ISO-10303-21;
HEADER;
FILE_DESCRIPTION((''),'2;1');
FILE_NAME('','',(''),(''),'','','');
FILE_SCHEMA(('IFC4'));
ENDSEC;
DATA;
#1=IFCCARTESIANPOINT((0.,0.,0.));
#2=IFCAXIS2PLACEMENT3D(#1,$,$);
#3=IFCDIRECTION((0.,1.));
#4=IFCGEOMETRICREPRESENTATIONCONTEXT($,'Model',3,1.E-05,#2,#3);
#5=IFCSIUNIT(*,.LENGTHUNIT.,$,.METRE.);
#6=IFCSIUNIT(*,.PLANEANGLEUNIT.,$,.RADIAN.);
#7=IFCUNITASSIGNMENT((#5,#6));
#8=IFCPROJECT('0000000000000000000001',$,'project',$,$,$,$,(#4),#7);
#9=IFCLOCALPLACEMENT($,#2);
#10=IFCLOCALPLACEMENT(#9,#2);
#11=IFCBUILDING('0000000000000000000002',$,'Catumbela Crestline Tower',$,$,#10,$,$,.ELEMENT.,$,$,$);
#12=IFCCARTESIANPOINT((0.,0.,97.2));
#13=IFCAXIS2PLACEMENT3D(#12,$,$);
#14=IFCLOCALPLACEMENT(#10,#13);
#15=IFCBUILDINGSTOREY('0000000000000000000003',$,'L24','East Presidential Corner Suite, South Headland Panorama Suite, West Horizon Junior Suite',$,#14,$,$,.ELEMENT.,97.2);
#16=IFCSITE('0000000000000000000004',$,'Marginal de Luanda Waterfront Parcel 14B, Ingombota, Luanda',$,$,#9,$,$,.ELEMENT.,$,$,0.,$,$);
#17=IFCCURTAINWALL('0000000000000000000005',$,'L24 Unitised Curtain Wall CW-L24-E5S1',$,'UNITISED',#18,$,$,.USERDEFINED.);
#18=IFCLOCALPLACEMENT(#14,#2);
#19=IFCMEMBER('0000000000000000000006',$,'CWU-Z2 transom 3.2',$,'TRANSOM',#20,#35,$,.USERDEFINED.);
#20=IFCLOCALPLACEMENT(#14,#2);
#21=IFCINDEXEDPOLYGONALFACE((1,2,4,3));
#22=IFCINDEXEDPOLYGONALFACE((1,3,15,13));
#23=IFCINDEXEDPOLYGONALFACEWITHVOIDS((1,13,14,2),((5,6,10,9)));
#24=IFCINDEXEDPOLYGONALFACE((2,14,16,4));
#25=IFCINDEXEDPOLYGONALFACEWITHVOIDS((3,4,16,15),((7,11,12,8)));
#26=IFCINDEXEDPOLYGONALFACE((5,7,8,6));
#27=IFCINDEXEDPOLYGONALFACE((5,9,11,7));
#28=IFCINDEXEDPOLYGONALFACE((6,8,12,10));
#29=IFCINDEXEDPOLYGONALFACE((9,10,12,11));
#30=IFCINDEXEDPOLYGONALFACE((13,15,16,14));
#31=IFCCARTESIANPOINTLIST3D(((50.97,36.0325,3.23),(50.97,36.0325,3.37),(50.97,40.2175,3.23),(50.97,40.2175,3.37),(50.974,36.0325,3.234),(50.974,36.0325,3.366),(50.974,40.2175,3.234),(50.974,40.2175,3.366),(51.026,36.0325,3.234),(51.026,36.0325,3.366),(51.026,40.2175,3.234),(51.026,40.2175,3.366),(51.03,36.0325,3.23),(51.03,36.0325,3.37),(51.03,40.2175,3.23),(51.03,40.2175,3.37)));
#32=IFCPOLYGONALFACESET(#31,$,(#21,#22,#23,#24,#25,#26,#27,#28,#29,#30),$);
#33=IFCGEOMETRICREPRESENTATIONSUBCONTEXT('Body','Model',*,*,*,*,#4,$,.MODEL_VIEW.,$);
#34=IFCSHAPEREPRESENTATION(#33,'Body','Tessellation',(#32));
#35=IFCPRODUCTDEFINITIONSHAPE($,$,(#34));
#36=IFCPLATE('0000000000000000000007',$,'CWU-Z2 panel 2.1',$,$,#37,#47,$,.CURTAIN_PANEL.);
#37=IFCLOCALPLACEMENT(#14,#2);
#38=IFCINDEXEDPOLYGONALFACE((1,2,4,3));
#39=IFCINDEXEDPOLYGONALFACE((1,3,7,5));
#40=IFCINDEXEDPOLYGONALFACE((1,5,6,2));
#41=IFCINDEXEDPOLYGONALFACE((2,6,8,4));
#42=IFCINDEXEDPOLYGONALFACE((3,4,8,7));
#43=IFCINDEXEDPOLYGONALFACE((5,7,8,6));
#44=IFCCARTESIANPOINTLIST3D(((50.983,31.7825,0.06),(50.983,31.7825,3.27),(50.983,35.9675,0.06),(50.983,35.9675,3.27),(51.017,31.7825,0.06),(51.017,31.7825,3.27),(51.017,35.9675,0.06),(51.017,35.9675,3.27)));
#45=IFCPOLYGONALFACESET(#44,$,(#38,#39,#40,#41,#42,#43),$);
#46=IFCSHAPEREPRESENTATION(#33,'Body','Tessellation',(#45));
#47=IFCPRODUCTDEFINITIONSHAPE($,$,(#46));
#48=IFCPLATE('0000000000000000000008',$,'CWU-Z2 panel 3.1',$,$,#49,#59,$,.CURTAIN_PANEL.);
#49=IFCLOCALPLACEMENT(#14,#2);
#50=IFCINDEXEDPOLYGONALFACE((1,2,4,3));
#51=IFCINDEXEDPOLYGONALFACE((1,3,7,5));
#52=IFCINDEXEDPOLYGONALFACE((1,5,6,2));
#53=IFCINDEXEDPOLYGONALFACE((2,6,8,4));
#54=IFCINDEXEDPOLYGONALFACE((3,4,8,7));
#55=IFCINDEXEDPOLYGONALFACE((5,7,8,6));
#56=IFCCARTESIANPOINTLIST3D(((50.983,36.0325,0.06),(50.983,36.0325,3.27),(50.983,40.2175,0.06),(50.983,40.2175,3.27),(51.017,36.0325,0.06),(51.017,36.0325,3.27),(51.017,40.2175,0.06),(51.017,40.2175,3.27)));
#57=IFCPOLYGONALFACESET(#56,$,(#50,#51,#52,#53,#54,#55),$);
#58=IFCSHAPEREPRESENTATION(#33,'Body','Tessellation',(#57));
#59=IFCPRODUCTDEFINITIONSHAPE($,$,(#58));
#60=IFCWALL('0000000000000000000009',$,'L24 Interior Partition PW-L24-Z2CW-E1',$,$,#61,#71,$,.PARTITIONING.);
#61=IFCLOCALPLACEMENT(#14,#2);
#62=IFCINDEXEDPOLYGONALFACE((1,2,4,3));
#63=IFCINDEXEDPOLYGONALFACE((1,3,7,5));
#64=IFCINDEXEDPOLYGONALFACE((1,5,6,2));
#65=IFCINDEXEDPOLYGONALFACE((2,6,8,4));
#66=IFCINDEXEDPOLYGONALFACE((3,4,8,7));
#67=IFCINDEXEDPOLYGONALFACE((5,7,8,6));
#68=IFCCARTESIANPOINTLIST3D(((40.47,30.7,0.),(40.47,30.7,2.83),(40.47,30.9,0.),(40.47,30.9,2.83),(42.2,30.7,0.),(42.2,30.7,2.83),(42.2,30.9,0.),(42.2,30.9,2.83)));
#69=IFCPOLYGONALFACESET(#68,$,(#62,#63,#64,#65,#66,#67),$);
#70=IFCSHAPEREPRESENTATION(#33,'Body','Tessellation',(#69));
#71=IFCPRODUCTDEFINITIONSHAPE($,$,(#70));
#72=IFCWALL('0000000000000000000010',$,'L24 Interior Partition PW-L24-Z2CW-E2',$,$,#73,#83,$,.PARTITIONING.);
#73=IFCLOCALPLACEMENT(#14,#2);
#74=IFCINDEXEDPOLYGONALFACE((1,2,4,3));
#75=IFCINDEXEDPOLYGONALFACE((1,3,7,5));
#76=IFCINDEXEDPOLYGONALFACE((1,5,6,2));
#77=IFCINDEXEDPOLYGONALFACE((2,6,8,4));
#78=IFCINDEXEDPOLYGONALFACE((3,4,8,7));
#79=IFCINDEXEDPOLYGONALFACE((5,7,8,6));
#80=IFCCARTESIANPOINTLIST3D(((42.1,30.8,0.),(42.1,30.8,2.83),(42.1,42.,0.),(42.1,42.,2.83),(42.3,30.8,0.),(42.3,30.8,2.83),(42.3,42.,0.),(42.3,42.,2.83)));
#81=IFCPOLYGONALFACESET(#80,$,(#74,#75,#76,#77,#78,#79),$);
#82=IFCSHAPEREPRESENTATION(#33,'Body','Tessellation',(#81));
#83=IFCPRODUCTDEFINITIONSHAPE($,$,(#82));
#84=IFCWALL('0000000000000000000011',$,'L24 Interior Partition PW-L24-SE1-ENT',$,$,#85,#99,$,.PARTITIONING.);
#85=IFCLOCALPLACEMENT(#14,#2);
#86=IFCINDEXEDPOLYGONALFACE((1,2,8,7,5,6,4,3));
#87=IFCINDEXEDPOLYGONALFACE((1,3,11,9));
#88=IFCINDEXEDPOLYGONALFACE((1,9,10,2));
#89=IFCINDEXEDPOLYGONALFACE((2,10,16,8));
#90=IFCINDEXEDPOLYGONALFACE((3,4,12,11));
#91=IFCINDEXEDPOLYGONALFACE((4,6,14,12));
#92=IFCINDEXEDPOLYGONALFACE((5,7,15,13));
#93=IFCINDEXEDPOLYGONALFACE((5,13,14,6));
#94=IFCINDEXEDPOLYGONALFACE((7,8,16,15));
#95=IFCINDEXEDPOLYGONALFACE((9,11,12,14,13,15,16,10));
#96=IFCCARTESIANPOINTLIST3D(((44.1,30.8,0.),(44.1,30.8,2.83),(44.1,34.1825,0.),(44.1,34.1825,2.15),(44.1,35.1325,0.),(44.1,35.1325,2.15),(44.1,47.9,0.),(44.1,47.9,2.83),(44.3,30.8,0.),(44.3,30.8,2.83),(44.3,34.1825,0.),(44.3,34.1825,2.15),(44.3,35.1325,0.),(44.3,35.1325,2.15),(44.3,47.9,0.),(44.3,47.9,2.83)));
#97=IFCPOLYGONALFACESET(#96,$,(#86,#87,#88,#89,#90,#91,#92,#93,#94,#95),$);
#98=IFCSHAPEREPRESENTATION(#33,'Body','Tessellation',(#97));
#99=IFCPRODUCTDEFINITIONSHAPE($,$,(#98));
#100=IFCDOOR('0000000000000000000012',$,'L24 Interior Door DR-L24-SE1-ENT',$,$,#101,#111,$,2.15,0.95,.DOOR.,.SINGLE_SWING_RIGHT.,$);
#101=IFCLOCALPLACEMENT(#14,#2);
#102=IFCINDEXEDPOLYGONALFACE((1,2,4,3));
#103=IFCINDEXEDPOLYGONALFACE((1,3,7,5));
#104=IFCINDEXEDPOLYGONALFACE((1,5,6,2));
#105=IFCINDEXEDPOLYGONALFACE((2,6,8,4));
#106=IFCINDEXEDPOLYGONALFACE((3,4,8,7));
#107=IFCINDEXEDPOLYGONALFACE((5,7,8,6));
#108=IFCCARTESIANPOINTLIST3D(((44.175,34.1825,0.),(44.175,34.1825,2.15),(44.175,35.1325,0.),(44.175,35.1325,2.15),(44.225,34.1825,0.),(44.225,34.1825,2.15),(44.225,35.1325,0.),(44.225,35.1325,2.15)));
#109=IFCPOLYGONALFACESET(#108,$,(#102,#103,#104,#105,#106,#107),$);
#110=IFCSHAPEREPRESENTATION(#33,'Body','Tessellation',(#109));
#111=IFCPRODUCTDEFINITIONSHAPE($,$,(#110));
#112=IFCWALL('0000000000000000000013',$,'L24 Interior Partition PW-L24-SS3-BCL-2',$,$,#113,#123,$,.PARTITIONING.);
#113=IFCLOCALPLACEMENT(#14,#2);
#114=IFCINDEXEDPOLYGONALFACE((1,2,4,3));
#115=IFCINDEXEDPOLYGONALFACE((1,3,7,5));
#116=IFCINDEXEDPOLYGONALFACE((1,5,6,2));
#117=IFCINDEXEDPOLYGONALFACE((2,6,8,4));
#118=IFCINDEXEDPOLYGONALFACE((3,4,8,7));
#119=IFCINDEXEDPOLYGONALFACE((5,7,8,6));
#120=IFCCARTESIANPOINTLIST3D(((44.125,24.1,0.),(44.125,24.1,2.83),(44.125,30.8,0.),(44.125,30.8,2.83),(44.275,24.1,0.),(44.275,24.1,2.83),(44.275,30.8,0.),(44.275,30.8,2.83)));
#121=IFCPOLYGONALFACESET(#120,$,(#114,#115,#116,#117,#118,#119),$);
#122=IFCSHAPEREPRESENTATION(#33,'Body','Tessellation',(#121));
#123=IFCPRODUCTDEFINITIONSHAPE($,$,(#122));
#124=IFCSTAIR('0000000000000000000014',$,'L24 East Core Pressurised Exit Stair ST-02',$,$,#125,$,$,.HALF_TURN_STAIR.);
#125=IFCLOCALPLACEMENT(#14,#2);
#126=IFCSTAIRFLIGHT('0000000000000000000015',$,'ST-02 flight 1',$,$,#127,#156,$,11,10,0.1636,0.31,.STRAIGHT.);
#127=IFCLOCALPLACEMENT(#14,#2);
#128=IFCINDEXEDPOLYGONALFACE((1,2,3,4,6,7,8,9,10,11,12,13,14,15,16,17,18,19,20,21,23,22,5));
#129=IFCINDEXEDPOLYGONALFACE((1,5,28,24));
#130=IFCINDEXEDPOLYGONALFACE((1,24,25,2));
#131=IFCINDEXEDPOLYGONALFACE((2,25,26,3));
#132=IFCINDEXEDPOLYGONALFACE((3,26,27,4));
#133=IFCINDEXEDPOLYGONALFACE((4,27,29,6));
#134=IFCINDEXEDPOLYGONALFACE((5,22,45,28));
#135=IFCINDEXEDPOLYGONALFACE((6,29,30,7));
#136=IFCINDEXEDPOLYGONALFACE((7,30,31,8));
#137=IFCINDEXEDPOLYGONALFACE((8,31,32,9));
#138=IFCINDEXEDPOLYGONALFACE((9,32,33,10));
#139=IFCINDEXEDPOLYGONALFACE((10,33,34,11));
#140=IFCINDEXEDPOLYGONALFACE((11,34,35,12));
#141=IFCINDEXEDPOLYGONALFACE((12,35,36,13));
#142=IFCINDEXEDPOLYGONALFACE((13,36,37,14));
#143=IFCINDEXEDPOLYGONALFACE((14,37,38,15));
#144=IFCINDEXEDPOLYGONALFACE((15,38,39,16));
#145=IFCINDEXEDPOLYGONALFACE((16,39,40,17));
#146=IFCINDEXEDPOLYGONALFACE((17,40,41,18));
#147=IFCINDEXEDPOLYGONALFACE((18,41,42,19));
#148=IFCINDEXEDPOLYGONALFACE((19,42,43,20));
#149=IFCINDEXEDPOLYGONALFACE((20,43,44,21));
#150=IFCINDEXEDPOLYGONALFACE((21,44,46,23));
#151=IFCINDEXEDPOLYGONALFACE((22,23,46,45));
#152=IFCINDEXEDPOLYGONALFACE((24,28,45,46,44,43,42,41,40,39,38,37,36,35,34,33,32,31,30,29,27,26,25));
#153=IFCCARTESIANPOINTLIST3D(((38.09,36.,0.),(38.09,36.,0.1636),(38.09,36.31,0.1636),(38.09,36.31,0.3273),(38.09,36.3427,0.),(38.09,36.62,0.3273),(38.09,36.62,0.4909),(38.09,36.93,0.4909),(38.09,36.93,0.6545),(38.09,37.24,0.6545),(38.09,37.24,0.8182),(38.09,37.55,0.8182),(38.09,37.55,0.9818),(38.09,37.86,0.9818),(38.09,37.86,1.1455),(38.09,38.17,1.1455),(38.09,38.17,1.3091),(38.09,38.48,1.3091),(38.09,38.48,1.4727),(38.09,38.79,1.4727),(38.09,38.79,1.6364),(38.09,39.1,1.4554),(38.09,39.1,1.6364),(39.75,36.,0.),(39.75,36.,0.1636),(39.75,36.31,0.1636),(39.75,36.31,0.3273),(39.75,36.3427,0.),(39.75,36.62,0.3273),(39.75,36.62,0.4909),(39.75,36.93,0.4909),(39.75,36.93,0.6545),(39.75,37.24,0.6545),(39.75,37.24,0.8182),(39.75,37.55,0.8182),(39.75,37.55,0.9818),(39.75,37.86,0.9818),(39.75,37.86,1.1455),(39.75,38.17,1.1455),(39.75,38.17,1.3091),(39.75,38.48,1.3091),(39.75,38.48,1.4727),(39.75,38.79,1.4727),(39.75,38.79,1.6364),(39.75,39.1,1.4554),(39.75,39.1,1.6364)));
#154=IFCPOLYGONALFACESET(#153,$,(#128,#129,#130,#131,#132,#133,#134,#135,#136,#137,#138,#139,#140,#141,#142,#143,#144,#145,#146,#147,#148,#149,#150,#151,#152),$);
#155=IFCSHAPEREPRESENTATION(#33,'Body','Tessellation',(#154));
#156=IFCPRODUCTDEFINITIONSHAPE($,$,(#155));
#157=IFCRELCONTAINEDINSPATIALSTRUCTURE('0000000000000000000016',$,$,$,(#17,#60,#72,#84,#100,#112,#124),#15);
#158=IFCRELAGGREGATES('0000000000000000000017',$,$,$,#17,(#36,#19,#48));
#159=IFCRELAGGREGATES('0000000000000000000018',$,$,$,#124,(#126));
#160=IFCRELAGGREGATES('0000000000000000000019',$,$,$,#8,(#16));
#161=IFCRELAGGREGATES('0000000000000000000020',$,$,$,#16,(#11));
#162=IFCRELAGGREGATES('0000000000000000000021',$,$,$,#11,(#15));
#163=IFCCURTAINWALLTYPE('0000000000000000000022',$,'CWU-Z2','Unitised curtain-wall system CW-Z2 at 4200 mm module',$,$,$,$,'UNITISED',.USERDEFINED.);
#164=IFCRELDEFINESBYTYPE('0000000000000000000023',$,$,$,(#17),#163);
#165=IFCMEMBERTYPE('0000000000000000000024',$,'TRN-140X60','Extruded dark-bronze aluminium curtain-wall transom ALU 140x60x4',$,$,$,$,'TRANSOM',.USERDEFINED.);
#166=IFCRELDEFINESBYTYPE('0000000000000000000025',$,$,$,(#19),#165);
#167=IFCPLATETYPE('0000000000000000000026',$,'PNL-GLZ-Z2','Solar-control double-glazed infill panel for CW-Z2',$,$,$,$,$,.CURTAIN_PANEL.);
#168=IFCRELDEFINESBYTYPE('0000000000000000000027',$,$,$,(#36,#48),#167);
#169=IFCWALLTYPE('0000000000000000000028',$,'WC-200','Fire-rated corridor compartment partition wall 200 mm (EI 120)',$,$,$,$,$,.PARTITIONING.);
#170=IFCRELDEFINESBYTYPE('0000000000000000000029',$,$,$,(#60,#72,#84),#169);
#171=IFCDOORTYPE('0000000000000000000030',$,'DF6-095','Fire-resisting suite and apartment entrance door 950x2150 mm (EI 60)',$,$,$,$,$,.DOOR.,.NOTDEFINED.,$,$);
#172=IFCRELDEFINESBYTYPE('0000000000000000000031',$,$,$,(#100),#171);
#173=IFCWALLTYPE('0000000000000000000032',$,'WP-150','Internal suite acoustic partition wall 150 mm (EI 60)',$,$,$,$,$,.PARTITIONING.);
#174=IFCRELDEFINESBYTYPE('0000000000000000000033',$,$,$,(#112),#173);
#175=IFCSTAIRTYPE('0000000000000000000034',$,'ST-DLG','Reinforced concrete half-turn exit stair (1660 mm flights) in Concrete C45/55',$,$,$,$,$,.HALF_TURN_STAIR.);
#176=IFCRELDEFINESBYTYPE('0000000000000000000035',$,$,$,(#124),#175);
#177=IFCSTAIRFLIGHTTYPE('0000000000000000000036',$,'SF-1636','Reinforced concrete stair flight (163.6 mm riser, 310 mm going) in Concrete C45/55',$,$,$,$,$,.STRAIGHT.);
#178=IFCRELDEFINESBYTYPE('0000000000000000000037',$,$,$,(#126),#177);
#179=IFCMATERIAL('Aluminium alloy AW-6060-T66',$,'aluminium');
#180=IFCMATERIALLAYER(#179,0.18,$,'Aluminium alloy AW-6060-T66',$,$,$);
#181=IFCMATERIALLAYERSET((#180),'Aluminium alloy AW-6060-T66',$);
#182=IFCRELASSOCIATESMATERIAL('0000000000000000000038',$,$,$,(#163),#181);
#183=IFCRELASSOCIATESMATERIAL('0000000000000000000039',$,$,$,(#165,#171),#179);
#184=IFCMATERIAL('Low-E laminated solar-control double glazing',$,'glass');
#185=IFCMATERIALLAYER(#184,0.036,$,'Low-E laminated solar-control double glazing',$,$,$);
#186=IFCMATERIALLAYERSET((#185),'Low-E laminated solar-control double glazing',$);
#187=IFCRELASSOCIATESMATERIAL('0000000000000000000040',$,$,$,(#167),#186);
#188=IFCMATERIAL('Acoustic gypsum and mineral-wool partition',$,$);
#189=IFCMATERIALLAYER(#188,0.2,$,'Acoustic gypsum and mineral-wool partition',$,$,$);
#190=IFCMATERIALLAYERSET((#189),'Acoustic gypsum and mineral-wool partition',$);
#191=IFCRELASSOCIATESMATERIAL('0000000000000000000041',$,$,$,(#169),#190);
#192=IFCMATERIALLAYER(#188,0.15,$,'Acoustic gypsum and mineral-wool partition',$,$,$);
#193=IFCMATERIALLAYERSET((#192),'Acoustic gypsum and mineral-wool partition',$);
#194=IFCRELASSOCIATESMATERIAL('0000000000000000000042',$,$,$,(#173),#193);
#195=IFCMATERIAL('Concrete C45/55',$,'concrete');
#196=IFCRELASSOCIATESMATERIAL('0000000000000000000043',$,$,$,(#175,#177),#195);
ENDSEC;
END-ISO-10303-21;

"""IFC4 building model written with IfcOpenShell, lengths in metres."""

from ifc_helpers import new_model, si_unit, direction, frame, frame_2d, origin, origin_2d, place, context, subcontext, project, spatial, polyline, rectangle, hollow_rectangle, outline, extrude, material, layer, layer_set, material_profile, profile_set, type_object, element, fill, aggregate, save


model = new_model("IFC4")

# Units and contexts
model_context = context("Model", 3, precision=1e-05, world=origin(), true_north=direction((0.0, 1.0)))
body_context = subcontext(model_context, "Body", "Model", "MODEL_VIEW")
ifc_project = project(units=[si_unit("LENGTHUNIT", "METRE"), si_unit("PLANEANGLEUNIT", "RADIAN")], contexts=[model_context])

# Site, building, storey
site_placement = place(None, origin())
site = spatial("IfcSite", under=ifc_project, at=site_placement, Name="Marginal de Luanda Waterfront Parcel 14B, Ingombota, Luanda", CompositionType="ELEMENT", RefElevation=0.0)
building_placement = place(site_placement, origin())
building = spatial("IfcBuilding", under=site, at=building_placement, Name="Catumbela Crestline Tower", CompositionType="ELEMENT")
storey_placement = place(building_placement, frame((0.0, 0.0, 97.2)))
storey = spatial("IfcBuildingStorey", under=building, at=storey_placement, Name="L24", Description="East Presidential Corner Suite, South Headland Panorama Suite, West Horizon Junior Suite", CompositionType="ELEMENT", Elevation=97.2)

# Curtain wall
ifc_material_1 = material(Name="Aluminium alloy AW-6060-T66", Category="aluminium")
ifc_layer_1 = layer(ifc_material_1, 0.18, Name="Aluminium alloy AW-6060-T66")
ifc_layer_set_1 = layer_set([ifc_layer_1], Name="Aluminium alloy AW-6060-T66")
curtain_wall_type = type_object("IfcCurtainWallType", Name="CWU-Z2", Description="Unitised curtain-wall system CW-Z2 at 4200 mm module", ElementType="UNITISED", PredefinedType="USERDEFINED", material=ifc_layer_set_1)
curtain_wall_placement = place(storey_placement, origin())
curtain_wall = element("IfcCurtainWall", 1, at=curtain_wall_placement, inside=storey, type_object=curtain_wall_type, Name="L24 Unitised Curtain Wall CW-L24-E5S1", ObjectType="UNITISED", PredefinedType="USERDEFINED")

# Member
ifc_material_profile_1 = material_profile(ifc_material_1, hollow_rectangle(XDim=0.06, YDim=0.14, WallThickness=0.004, at=origin_2d()), Name="ALU 140x60x4")
ifc_profile_set_1 = profile_set([ifc_material_profile_1], Name="Aluminium alloy AW-6060-T66")
member_type_1 = type_object("IfcMemberType", Name="TRN-140X60", Description="Extruded dark-bronze aluminium curtain-wall transom ALU 140x60x4", ElementType="TRANSOM", PredefinedType="USERDEFINED", material=ifc_profile_set_1)
member_1_placement = place(storey_placement, frame((51.0, 36.0325, 3.3), z_axis=(0.0, 1.0, 0.0), x_axis=(-1.0, 0.0, 0.0)))
member_1 = element("IfcMember", 2, at=member_1_placement, type_object=member_type_1, Name="CWU-Z2 transom 3.2", ObjectType="TRANSOM", PredefinedType="USERDEFINED", context=body_context, shape_type="SweptSolid", body=[
    extrude(hollow_rectangle(XDim=0.06, YDim=0.14, WallThickness=0.004, at=origin_2d()), origin(), (0.0, 0.0, 1.0), 4.185),
])

# Plates
ifc_material_2 = material(Name="Low-E laminated solar-control double glazing", Category="glass")
ifc_layer_2 = layer(ifc_material_2, 0.036, Name="Low-E laminated solar-control double glazing")
ifc_layer_set_2 = layer_set([ifc_layer_2], Name="Low-E laminated solar-control double glazing")
plate_type = type_object("IfcPlateType", Name="PNL-GLZ-Z2", Description="Solar-control double-glazed infill panel for CW-Z2", PredefinedType="CURTAIN_PANEL", material=ifc_layer_set_2)
plate_1_placement = place(storey_placement, frame((51.0, 33.875, 0.06), z_axis=(0.0, 0.0, 1.0), x_axis=(0.0, 1.0, 0.0)))
plate_1 = element("IfcPlate", 3, at=plate_1_placement, type_object=plate_type, Name="CWU-Z2 panel 2.1", PredefinedType="CURTAIN_PANEL", context=body_context, shape_type="SweptSolid", body=[
    extrude(rectangle(XDim=4.185, YDim=0.034, at=origin_2d()), origin(), (0.0, 0.0, 1.0), 3.21),
])
plate_2_placement = place(storey_placement, frame((51.0, 38.125, 0.06), z_axis=(0.0, 0.0, 1.0), x_axis=(0.0, 1.0, 0.0)))
plate_2 = element("IfcPlate", 4, at=plate_2_placement, type_object=plate_type, Name="CWU-Z2 panel 3.1", PredefinedType="CURTAIN_PANEL", context=body_context, shape_type="SweptSolid", body=[
    extrude(rectangle(XDim=4.185, YDim=0.034, at=origin_2d()), origin(), (0.0, 0.0, 1.0), 3.21),
])
aggregate(curtain_wall, [plate_1, member_1, plate_2])

# Walls
ifc_material_3 = material(Name="Acoustic gypsum and mineral-wool partition")
ifc_layer_3 = layer(ifc_material_3, 0.2, Name="Acoustic gypsum and mineral-wool partition")
ifc_layer_set_3 = layer_set([ifc_layer_3], Name="Acoustic gypsum and mineral-wool partition")
wall_type_1 = type_object("IfcWallType", Name="WC-200", Description="Fire-rated corridor compartment partition wall 200 mm (EI 120)", PredefinedType="PARTITIONING", material=ifc_layer_set_3)
wall_1_placement = place(storey_placement, frame((40.47, 30.8, 0.0), z_axis=(0.0, 0.0, 1.0), x_axis=(1.0, 0.0, 0.0)))
element("IfcWall", 5, at=wall_1_placement, inside=storey, type_object=wall_type_1, Name="L24 Interior Partition PW-L24-Z2CW-E1", PredefinedType="PARTITIONING", context=body_context, shape_type="SweptSolid", body=[
    extrude(rectangle(XDim=1.73, YDim=0.2, at=frame_2d((0.865, 0.0))), origin(), (0.0, 0.0, 1.0), 2.83),
])
wall_2_placement = place(storey_placement, frame((42.2, 30.8, 0.0), z_axis=(0.0, 0.0, 1.0), x_axis=(0.0, 1.0, 0.0)))
element("IfcWall", 6, at=wall_2_placement, inside=storey, type_object=wall_type_1, Name="L24 Interior Partition PW-L24-Z2CW-E2", PredefinedType="PARTITIONING", context=body_context, shape_type="SweptSolid", body=[
    extrude(rectangle(XDim=11.2, YDim=0.2, at=frame_2d((5.6, 0.0))), origin(), (0.0, 0.0, 1.0), 2.83),
])

# Wall, opening, door
wall_3_placement = place(storey_placement, frame((44.2, 30.8, 0.0), z_axis=(0.0, 0.0, 1.0), x_axis=(0.0, 1.0, 0.0)))
wall_3 = element("IfcWall", 7, at=wall_3_placement, inside=storey, type_object=wall_type_1, Name="L24 Interior Partition PW-L24-SE1-ENT", PredefinedType="PARTITIONING", context=body_context, shape_type="SweptSolid", body=[
    extrude(rectangle(XDim=17.1, YDim=0.2, at=frame_2d((8.55, 0.0))), origin(), (0.0, 0.0, 1.0), 2.83),
])
opening_placement = place(wall_3_placement, frame((3.3825, 0.0, 0.0)))
opening = element("IfcOpeningElement", 8, at=opening_placement, cuts=wall_3, PredefinedType="OPENING", context=body_context, shape_type="SweptSolid", body=[
    extrude(rectangle(XDim=0.95, YDim=2.15, at=frame_2d((0.475, 1.075))), frame((0.0, 0.11, 0.0), z_axis=(0.0, -1.0, 0.0), x_axis=(1.0, 0.0, 0.0)), (0.0, 0.0, 1.0), 0.22),
])
door_type = type_object("IfcDoorType", Name="DF6-095", Description="Fire-resisting suite and apartment entrance door 950x2150 mm (EI 60)", OperationType="NOTDEFINED", PredefinedType="DOOR", material=ifc_material_1)
door_placement = place(opening_placement, origin())
door = element("IfcDoor", 9, at=door_placement, inside=storey, type_object=door_type, Name="L24 Interior Door DR-L24-SE1-ENT", OperationType="SINGLE_SWING_RIGHT", OverallHeight=2.15, OverallWidth=0.95, PredefinedType="DOOR", context=body_context, shape_type="SweptSolid", body=[
    extrude(rectangle(XDim=0.95, YDim=2.15, at=frame_2d((0.475, 1.075))), frame((0.0, 0.025, 0.0), z_axis=(0.0, -1.0, 0.0), x_axis=(1.0, 0.0, 0.0)), (0.0, 0.0, 1.0), 0.05),
])
fill(opening, door)

# Wall
ifc_layer_4 = layer(ifc_material_3, 0.15, Name="Acoustic gypsum and mineral-wool partition")
ifc_layer_set_4 = layer_set([ifc_layer_4], Name="Acoustic gypsum and mineral-wool partition")
wall_type_2 = type_object("IfcWallType", Name="WP-150", Description="Internal suite acoustic partition wall 150 mm (EI 60)", PredefinedType="PARTITIONING", material=ifc_layer_set_4)
wall_4_placement = place(storey_placement, frame((44.2, 30.8, 0.0), z_axis=(0.0, 0.0, 1.0), x_axis=(0.0, -1.0, 0.0)))
element("IfcWall", 10, at=wall_4_placement, inside=storey, type_object=wall_type_2, Name="L24 Interior Partition PW-L24-SS3-BCL-2", PredefinedType="PARTITIONING", context=body_context, shape_type="SweptSolid", body=[
    extrude(rectangle(XDim=6.7, YDim=0.15, at=frame_2d((3.35, 0.0))), origin(), (0.0, 0.0, 1.0), 2.83),
])

# Stair, stair flight
ifc_material_4 = material(Name="Concrete C45/55", Category="concrete")
stair_type = type_object("IfcStairType", Name="ST-DLG", Description="Reinforced concrete half-turn exit stair (1660 mm flights) in Concrete C45/55", PredefinedType="HALF_TURN_STAIR", material=ifc_material_4)
stair_placement = place(storey_placement, origin())
stair = element("IfcStair", 11, at=stair_placement, inside=storey, type_object=stair_type, Name="L24 East Core Pressurised Exit Stair ST-02", PredefinedType="HALF_TURN_STAIR")
stair_flight_type = type_object("IfcStairFlightType", Name="SF-1636", Description="Reinforced concrete stair flight (163.6 mm riser, 310 mm going) in Concrete C45/55", PredefinedType="STRAIGHT", material=ifc_material_4)
stair_flight_placement = place(storey_placement, frame((38.92, 36.0, 0.0), z_axis=(0.0, 0.0, 1.0), x_axis=(0.0, 1.0, 0.0)))
stair_flight = element("IfcStairFlight", 12, at=stair_flight_placement, type_object=stair_flight_type, Name="ST-02 flight 1", NumberOfRisers=11, NumberOfTreads=10, PredefinedType="STRAIGHT", RiserHeight=0.1636, TreadLength=0.31, context=body_context, shape_type="SweptSolid", body=[
    extrude(outline(polyline([(0.0, 0.0), (0.0, 0.1636), (0.31, 0.1636), (0.31, 0.3273), (0.62, 0.3273), (0.62, 0.4909), (0.93, 0.4909), (0.93, 0.6545), (1.24, 0.6545), (1.24, 0.8182), (1.55, 0.8182), (1.55, 0.9818), (1.86, 0.9818), (1.86, 1.1455), (2.17, 1.1455), (2.17, 1.3091), (2.48, 1.3091), (2.48, 1.4727), (2.79, 1.4727), (2.79, 1.6364), (3.1, 1.6364), (3.1, 1.8), (3.1, 1.4554), (0.3427, 0.0), (0.0, 0.0)])), frame((0.0, 0.83, 0.0), z_axis=(0.0, -1.0, 0.0), x_axis=(1.0, 0.0, 0.0)), (0.0, 0.0, 1.0), 1.66),
])
aggregate(stair, [stair_flight])

save(model, "model.ifc")
